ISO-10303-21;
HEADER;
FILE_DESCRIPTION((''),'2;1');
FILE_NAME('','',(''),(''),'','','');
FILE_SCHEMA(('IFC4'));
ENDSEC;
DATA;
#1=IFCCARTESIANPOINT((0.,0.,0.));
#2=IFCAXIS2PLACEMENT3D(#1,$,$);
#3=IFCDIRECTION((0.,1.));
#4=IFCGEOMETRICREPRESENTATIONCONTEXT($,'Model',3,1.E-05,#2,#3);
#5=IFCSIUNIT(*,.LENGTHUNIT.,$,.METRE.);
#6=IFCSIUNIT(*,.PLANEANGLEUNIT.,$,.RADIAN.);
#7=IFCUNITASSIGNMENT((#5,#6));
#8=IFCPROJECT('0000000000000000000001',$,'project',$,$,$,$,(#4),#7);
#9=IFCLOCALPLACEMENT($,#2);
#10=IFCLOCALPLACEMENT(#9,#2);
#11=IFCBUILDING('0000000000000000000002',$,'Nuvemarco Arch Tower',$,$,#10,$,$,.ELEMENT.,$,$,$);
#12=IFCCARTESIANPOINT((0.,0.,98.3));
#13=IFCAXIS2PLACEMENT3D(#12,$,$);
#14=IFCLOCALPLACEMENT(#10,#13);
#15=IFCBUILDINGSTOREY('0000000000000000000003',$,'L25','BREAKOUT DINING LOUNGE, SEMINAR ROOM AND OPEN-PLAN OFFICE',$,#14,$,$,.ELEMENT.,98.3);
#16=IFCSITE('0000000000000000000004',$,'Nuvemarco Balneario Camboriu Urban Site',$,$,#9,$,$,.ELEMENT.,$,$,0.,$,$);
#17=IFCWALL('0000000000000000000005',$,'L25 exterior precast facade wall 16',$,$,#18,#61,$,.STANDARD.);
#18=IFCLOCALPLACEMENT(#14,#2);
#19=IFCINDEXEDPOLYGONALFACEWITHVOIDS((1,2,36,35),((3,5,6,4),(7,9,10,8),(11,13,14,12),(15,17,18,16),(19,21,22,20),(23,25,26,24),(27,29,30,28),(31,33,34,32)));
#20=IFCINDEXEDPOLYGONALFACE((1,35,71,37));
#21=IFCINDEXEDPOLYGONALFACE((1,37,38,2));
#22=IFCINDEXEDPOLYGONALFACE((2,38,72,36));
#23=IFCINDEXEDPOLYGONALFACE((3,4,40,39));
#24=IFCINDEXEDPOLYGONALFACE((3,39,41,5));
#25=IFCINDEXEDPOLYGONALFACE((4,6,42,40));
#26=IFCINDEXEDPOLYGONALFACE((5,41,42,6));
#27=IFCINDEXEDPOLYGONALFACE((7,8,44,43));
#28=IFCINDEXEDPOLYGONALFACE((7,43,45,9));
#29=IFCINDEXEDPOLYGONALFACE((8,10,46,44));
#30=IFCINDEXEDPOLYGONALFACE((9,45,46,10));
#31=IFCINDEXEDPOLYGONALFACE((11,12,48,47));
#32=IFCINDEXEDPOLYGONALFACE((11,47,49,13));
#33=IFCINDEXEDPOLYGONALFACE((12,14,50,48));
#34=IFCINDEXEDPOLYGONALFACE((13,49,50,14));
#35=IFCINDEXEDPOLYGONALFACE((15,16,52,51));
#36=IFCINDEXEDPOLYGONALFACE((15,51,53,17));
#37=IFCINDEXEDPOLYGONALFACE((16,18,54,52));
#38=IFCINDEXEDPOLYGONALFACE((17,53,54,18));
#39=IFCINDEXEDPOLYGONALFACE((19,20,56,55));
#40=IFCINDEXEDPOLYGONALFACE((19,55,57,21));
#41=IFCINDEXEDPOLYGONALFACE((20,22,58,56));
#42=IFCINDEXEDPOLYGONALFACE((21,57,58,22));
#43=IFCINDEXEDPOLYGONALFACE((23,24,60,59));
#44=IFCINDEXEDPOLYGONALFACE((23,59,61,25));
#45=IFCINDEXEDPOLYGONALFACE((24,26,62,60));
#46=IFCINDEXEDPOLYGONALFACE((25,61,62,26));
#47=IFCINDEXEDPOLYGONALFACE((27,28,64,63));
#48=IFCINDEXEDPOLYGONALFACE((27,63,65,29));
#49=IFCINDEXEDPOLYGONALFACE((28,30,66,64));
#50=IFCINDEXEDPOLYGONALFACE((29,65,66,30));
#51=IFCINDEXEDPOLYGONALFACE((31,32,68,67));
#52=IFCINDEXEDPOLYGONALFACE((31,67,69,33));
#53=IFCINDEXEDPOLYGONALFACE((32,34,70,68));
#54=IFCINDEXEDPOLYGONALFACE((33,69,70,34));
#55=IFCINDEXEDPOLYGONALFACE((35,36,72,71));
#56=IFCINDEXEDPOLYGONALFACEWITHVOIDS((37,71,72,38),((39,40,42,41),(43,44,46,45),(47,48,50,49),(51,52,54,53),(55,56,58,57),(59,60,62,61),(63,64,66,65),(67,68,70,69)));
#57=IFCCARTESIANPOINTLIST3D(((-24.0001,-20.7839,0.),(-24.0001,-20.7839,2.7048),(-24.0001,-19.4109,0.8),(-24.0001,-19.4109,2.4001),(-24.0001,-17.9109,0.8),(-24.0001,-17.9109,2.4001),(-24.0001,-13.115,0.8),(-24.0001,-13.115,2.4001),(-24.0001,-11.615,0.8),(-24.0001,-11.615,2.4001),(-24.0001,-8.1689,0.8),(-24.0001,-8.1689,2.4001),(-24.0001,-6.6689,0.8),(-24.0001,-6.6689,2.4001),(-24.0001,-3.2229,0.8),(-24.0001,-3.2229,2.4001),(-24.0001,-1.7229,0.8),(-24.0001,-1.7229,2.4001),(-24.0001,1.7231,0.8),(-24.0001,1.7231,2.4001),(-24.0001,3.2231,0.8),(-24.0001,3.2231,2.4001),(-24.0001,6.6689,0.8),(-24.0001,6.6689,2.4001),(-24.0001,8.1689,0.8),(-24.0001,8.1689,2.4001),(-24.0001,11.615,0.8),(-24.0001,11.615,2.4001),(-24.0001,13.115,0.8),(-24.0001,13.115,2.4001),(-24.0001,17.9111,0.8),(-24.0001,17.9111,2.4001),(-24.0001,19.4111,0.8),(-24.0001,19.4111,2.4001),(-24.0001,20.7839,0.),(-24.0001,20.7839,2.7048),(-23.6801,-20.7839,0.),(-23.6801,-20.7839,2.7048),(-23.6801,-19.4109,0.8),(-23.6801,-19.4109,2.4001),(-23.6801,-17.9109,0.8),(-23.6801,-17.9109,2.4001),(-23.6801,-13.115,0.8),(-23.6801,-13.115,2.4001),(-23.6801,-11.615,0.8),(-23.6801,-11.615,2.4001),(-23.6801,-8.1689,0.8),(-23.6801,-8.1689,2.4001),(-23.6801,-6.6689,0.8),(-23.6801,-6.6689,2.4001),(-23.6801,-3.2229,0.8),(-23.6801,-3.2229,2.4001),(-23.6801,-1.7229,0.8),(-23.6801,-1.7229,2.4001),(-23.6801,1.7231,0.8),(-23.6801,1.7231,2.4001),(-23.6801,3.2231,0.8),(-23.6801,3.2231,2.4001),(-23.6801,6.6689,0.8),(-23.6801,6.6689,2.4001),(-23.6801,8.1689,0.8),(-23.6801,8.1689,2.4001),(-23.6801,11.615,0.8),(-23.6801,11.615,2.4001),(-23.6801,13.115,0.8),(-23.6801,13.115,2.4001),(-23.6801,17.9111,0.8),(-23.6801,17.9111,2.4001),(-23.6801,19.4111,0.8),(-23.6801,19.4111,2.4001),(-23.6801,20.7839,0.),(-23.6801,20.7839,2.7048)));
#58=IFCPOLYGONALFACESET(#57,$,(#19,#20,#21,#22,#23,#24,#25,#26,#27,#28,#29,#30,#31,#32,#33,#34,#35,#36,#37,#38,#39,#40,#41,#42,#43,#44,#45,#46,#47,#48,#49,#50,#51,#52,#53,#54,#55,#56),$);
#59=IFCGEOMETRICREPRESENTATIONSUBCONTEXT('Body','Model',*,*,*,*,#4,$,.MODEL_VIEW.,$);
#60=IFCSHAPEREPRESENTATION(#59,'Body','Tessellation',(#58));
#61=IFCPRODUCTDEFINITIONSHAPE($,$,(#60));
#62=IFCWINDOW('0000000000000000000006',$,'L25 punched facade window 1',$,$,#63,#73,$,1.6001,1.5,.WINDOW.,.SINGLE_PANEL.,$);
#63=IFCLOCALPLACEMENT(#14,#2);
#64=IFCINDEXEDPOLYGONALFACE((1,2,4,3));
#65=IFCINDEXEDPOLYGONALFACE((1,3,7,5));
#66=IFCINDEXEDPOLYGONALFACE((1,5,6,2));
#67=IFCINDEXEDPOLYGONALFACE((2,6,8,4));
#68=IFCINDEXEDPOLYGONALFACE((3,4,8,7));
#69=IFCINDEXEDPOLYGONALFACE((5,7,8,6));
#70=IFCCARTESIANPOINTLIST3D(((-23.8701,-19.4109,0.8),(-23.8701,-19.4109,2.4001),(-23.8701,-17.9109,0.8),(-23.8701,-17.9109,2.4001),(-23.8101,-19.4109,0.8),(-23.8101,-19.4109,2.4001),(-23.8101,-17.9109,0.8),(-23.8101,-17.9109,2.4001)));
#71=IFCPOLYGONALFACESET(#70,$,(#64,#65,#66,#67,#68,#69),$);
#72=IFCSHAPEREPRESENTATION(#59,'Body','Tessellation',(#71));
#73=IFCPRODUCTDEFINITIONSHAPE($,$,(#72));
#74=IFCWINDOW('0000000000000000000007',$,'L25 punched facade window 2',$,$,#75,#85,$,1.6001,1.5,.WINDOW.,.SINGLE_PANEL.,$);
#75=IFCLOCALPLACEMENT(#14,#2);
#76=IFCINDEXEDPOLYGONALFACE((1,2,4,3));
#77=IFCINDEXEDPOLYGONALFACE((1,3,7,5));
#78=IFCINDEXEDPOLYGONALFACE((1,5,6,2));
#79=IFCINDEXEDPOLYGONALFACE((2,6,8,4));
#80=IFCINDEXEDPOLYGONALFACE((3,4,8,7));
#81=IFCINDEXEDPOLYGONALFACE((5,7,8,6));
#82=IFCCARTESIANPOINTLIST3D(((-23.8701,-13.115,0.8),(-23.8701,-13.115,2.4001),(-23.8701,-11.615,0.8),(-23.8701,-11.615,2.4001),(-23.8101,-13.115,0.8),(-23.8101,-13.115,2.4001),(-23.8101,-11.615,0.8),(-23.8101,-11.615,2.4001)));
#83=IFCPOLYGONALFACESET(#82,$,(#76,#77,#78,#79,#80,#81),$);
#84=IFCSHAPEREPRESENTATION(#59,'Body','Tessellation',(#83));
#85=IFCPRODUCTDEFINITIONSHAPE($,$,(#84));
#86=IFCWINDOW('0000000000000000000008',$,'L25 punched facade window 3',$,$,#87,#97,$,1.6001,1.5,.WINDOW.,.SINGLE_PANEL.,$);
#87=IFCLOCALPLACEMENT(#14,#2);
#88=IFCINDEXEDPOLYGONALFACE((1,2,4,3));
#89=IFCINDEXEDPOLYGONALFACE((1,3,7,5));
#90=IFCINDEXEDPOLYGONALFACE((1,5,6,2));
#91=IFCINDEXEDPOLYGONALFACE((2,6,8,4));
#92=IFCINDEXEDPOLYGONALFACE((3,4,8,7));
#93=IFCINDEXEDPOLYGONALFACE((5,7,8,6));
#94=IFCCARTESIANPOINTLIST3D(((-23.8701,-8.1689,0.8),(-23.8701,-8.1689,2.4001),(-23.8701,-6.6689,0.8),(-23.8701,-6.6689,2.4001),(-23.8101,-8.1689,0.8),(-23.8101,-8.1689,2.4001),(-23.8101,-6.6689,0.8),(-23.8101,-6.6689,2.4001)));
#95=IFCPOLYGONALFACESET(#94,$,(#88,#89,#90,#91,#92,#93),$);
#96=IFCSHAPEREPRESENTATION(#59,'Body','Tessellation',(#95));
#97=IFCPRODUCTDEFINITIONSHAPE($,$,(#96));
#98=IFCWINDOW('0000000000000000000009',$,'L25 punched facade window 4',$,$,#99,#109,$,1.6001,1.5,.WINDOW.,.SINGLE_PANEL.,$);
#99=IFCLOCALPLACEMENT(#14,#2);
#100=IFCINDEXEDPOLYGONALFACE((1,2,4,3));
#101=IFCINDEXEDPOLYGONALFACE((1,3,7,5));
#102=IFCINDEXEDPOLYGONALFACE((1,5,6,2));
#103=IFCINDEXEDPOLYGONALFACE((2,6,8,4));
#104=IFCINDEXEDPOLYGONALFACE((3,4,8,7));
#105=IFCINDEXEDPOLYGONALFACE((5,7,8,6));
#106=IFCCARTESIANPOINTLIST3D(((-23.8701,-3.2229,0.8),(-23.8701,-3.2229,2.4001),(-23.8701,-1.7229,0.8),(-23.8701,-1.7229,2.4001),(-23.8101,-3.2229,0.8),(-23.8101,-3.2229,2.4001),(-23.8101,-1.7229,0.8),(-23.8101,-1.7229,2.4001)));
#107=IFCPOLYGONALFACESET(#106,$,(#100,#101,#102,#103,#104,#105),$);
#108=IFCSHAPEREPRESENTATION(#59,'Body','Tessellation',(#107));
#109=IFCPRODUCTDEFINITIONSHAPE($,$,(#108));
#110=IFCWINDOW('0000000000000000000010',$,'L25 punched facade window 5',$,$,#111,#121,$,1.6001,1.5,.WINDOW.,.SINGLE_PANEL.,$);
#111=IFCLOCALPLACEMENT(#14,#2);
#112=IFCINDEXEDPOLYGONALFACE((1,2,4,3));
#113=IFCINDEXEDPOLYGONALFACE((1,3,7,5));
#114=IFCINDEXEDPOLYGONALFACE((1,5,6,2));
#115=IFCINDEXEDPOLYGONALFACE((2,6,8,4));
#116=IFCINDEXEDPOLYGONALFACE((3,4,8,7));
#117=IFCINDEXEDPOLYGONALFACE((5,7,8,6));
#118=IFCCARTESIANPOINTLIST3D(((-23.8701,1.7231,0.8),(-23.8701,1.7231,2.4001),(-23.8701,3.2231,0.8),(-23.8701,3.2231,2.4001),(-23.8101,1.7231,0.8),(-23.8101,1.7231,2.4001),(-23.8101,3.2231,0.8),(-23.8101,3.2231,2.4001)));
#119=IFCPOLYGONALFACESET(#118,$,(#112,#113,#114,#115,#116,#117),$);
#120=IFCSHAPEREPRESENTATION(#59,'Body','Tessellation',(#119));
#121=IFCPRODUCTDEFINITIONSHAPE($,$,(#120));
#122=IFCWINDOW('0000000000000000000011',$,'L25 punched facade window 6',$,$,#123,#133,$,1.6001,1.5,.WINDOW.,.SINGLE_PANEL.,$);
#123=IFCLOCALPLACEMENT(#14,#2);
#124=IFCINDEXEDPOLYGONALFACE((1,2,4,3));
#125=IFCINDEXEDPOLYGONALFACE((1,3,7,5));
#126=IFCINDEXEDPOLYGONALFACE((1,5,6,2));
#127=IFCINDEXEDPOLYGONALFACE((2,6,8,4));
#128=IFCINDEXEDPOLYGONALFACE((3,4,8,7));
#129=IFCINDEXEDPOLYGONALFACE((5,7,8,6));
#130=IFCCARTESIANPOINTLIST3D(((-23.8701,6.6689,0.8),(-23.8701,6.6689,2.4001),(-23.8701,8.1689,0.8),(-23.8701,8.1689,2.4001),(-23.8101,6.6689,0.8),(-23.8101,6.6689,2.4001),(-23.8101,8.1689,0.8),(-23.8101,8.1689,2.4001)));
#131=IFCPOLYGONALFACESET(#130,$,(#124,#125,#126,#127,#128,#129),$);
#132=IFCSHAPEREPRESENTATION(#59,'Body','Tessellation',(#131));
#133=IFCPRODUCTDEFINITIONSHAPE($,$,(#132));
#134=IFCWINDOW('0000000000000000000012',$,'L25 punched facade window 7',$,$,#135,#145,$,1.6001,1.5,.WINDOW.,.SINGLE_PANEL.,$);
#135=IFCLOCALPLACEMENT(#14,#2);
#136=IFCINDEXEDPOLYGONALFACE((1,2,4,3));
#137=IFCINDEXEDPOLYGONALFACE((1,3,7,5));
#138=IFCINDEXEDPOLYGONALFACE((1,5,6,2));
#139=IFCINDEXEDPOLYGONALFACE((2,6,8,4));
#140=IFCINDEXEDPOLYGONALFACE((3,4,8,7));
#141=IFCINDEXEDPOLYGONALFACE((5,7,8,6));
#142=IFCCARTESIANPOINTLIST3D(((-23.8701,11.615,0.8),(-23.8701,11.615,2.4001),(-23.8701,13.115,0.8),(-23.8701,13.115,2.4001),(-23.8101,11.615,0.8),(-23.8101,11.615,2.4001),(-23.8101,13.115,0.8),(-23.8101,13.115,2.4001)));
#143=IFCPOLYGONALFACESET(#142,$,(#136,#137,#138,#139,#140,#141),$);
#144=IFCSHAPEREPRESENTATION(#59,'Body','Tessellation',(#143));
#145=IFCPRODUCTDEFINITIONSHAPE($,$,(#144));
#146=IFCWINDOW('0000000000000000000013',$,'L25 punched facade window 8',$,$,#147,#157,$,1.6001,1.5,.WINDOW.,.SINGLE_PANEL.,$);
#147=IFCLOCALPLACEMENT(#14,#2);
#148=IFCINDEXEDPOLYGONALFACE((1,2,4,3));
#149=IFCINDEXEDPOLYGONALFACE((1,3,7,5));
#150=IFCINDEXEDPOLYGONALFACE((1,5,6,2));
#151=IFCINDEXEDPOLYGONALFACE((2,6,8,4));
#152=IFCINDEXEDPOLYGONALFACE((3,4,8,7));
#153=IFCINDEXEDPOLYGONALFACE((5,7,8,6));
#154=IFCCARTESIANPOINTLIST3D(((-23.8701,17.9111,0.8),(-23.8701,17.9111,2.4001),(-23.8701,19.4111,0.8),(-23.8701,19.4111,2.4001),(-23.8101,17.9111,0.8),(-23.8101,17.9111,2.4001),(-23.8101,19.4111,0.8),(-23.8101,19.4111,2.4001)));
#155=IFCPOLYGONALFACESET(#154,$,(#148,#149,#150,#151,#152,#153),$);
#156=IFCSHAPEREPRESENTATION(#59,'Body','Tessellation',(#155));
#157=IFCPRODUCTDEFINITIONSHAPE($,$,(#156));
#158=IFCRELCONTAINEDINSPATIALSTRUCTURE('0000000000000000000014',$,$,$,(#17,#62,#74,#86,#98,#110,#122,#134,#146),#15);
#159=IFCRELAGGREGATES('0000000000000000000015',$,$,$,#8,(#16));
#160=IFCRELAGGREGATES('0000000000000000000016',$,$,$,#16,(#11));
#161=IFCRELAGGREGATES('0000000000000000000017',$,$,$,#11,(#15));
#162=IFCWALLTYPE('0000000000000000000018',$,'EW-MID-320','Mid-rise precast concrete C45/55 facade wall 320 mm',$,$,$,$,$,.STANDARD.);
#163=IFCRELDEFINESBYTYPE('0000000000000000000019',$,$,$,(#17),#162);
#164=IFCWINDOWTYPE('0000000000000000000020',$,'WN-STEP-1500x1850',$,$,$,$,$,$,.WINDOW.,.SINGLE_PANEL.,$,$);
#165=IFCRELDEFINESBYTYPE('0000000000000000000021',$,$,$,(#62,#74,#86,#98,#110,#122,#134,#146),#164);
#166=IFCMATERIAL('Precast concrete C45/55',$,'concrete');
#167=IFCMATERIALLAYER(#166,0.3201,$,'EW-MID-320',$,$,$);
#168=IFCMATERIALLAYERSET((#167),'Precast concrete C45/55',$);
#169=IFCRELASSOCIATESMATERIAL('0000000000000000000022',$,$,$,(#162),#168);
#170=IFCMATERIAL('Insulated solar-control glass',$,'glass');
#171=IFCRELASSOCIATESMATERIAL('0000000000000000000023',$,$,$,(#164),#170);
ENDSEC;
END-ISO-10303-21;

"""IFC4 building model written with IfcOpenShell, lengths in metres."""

from ifc_helpers import new_model, si_unit, direction, frame, frame_2d, origin, place, context, subcontext, project, spatial, rectangle, extrude, source, transform, mapped, material, layer, layer_set, type_object, type_shapes, element, fill, save


model = new_model("IFC4")

# Units and contexts
model_context = context("Model", 3, precision=1e-05, world=origin(), true_north=direction((0.0, 1.0)))
body_context = subcontext(model_context, "Body", "Model", "MODEL_VIEW")
ifc_project = project(units=[si_unit("LENGTHUNIT", "METRE"), si_unit("PLANEANGLEUNIT", "RADIAN")], contexts=[model_context])

# Site, building, storey
site_placement = place(None, origin())
site = spatial("IfcSite", under=ifc_project, at=site_placement, Name="Nuvemarco Balneario Camboriu Urban Site", CompositionType="ELEMENT", RefElevation=0.0)
building_placement = place(site_placement, origin())
building = spatial("IfcBuilding", under=site, at=building_placement, Name="Nuvemarco Arch Tower", CompositionType="ELEMENT")
storey_placement = place(building_placement, frame((0.0, 0.0, 98.3)))
storey = spatial("IfcBuildingStorey", under=building, at=storey_placement, Name="L25", Description="BREAKOUT DINING LOUNGE, SEMINAR ROOM AND OPEN-PLAN OFFICE", CompositionType="ELEMENT", Elevation=98.3)

# Shared definitions
ifc_material_1 = material(Name="Precast concrete C45/55", Category="concrete")
ifc_layer_1 = layer(ifc_material_1, 0.3201, Name="EW-MID-320")
ifc_layer_set_1 = layer_set([ifc_layer_1], Name="Precast concrete C45/55")
wall_type_1 = type_object("IfcWallType", Name="EW-MID-320", Description="Mid-rise precast concrete C45/55 facade wall 320 mm", PredefinedType="STANDARD", material=ifc_layer_set_1)
ifc_material_2 = material(Name="Insulated solar-control glass", Category="glass")

# Wall, openings, windows
wall_1_placement = place(storey_placement, frame((-23.8401, -20.7839, 0.0), z_axis=(0.0, 0.0, 1.0), x_axis=(0.0, 1.0, 0.0)))
wall_1 = element("IfcWall", 1, at=wall_1_placement, inside=storey, type_object=wall_type_1, Name="L25 exterior precast facade wall 16", PredefinedType="STANDARD", context=body_context, shape_type="SweptSolid", body=[
    extrude(rectangle(XDim=41.5679, YDim=0.3201, at=frame_2d((20.7839, 0.0))), origin(), (0.0, 0.0, 1.0), 2.7048),
])
opening_1_placement = place(wall_1_placement, frame((1.373, 0.0, 0.8)))
opening_1 = element("IfcOpeningElement", 2, at=opening_1_placement, cuts=wall_1, PredefinedType="OPENING", context=body_context, shape_type="SweptSolid", body=[
    extrude(rectangle(XDim=1.5, YDim=1.6001, at=frame_2d((0.75, 0.8))), frame((0.0, 0.1699, 0.0), z_axis=(0.0, -1.0, 0.0), x_axis=(1.0, 0.0, 0.0)), (0.0, 0.0, 1.0), 0.3401),
])
opening_2_placement = place(wall_1_placement, frame((7.6689, 0.0, 0.8)))
opening_2 = element("IfcOpeningElement", 3, at=opening_2_placement, cuts=wall_1, PredefinedType="OPENING", context=body_context, shape_type="SweptSolid", body=[
    extrude(rectangle(XDim=1.5, YDim=1.6001, at=frame_2d((0.75, 0.8))), frame((0.0, 0.1699, 0.0), z_axis=(0.0, -1.0, 0.0), x_axis=(1.0, 0.0, 0.0)), (0.0, 0.0, 1.0), 0.3401),
])
opening_3_placement = place(wall_1_placement, frame((12.615, 0.0, 0.8)))
opening_3 = element("IfcOpeningElement", 4, at=opening_3_placement, cuts=wall_1, PredefinedType="OPENING", context=body_context, shape_type="SweptSolid", body=[
    extrude(rectangle(XDim=1.5, YDim=1.6001, at=frame_2d((0.75, 0.8))), frame((0.0, 0.1699, 0.0), z_axis=(0.0, -1.0, 0.0), x_axis=(1.0, 0.0, 0.0)), (0.0, 0.0, 1.0), 0.3401),
])
opening_4_placement = place(wall_1_placement, frame((17.561, 0.0, 0.8)))
opening_4 = element("IfcOpeningElement", 5, at=opening_4_placement, cuts=wall_1, PredefinedType="OPENING", context=body_context, shape_type="SweptSolid", body=[
    extrude(rectangle(XDim=1.5, YDim=1.6001, at=frame_2d((0.75, 0.8))), frame((0.0, 0.1699, 0.0), z_axis=(0.0, -1.0, 0.0), x_axis=(1.0, 0.0, 0.0)), (0.0, 0.0, 1.0), 0.3401),
])
opening_5_placement = place(wall_1_placement, frame((22.5071, 0.0, 0.8)))
opening_5 = element("IfcOpeningElement", 6, at=opening_5_placement, cuts=wall_1, PredefinedType="OPENING", context=body_context, shape_type="SweptSolid", body=[
    extrude(rectangle(XDim=1.5, YDim=1.6001, at=frame_2d((0.75, 0.8))), frame((0.0, 0.1699, 0.0), z_axis=(0.0, -1.0, 0.0), x_axis=(1.0, 0.0, 0.0)), (0.0, 0.0, 1.0), 0.3401),
])
opening_6_placement = place(wall_1_placement, frame((27.4529, 0.0, 0.8)))
opening_6 = element("IfcOpeningElement", 7, at=opening_6_placement, cuts=wall_1, PredefinedType="OPENING", context=body_context, shape_type="SweptSolid", body=[
    extrude(rectangle(XDim=1.5, YDim=1.6001, at=frame_2d((0.75, 0.8))), frame((0.0, 0.1699, 0.0), z_axis=(0.0, -1.0, 0.0), x_axis=(1.0, 0.0, 0.0)), (0.0, 0.0, 1.0), 0.3401),
])
opening_7_placement = place(wall_1_placement, frame((32.3989, 0.0, 0.8)))
opening_7 = element("IfcOpeningElement", 8, at=opening_7_placement, cuts=wall_1, PredefinedType="OPENING", context=body_context, shape_type="SweptSolid", body=[
    extrude(rectangle(XDim=1.5, YDim=1.6001, at=frame_2d((0.75, 0.8))), frame((0.0, 0.1699, 0.0), z_axis=(0.0, -1.0, 0.0), x_axis=(1.0, 0.0, 0.0)), (0.0, 0.0, 1.0), 0.3401),
])
opening_8_placement = place(wall_1_placement, frame((38.6951, 0.0, 0.8)))
opening_8 = element("IfcOpeningElement", 9, at=opening_8_placement, cuts=wall_1, PredefinedType="OPENING", context=body_context, shape_type="SweptSolid", body=[
    extrude(rectangle(XDim=1.5, YDim=1.6001, at=frame_2d((0.75, 0.8))), frame((0.0, 0.1699, 0.0), z_axis=(0.0, -1.0, 0.0), x_axis=(1.0, 0.0, 0.0)), (0.0, 0.0, 1.0), 0.3401),
])
window_type_1 = type_object("IfcWindowType", Name="WN-STEP-1500x1850", PartitioningType="SINGLE_PANEL", PredefinedType="WINDOW", material=ifc_material_2)
shared_shape_1 = source(origin(), body_context, "Body", "SweptSolid", [
    extrude(rectangle(XDim=1.5, YDim=1.6001, at=frame_2d((0.75, 0.8))), frame((0.0, 0.03, 0.0), z_axis=(0.0, -1.0, 0.0), x_axis=(1.0, 0.0, 0.0)), (0.0, 0.0, 1.0), 0.0601),
])
type_shapes(window_type_1, [shared_shape_1])
window_1_placement = place(opening_1_placement, origin())
window_1 = element("IfcWindow", 10, at=window_1_placement, inside=storey, type_object=window_type_1, Name="L25 punched facade window 1", OverallHeight=1.6001, OverallWidth=1.5, PartitioningType="SINGLE_PANEL", PredefinedType="WINDOW", context=body_context, shape_type="MappedRepresentation", body=[
    mapped(shared_shape_1, transform((0.0, 0.0, 0.0), scale=1.0)),
])
fill(opening_1, window_1)
window_2_placement = place(opening_2_placement, origin())
window_2 = element("IfcWindow", 11, at=window_2_placement, inside=storey, type_object=window_type_1, Name="L25 punched facade window 2", OverallHeight=1.6001, OverallWidth=1.5, PartitioningType="SINGLE_PANEL", PredefinedType="WINDOW", context=body_context, shape_type="MappedRepresentation", body=[
    mapped(shared_shape_1, transform((0.0, 0.0, 0.0), scale=1.0)),
])
fill(opening_2, window_2)
window_3_placement = place(opening_3_placement, origin())
window_3 = element("IfcWindow", 12, at=window_3_placement, inside=storey, type_object=window_type_1, Name="L25 punched facade window 3", OverallHeight=1.6001, OverallWidth=1.5, PartitioningType="SINGLE_PANEL", PredefinedType="WINDOW", context=body_context, shape_type="MappedRepresentation", body=[
    mapped(shared_shape_1, transform((0.0, 0.0, 0.0), scale=1.0)),
])
fill(opening_3, window_3)
window_4_placement = place(opening_4_placement, origin())
window_4 = element("IfcWindow", 13, at=window_4_placement, inside=storey, type_object=window_type_1, Name="L25 punched facade window 4", OverallHeight=1.6001, OverallWidth=1.5, PartitioningType="SINGLE_PANEL", PredefinedType="WINDOW", context=body_context, shape_type="MappedRepresentation", body=[
    mapped(shared_shape_1, transform((0.0, 0.0, 0.0), scale=1.0)),
])
fill(opening_4, window_4)
window_5_placement = place(opening_5_placement, origin())
window_5 = element("IfcWindow", 14, at=window_5_placement, inside=storey, type_object=window_type_1, Name="L25 punched facade window 5", OverallHeight=1.6001, OverallWidth=1.5, PartitioningType="SINGLE_PANEL", PredefinedType="WINDOW", context=body_context, shape_type="MappedRepresentation", body=[
    mapped(shared_shape_1, transform((0.0, 0.0, 0.0), scale=1.0)),
])
fill(opening_5, window_5)
window_6_placement = place(opening_6_placement, origin())
window_6 = element("IfcWindow", 15, at=window_6_placement, inside=storey, type_object=window_type_1, Name="L25 punched facade window 6", OverallHeight=1.6001, OverallWidth=1.5, PartitioningType="SINGLE_PANEL", PredefinedType="WINDOW", context=body_context, shape_type="MappedRepresentation", body=[
    mapped(shared_shape_1, transform((0.0, 0.0, 0.0), scale=1.0)),
])
fill(opening_6, window_6)
window_7_placement = place(opening_7_placement, origin())
window_7 = element("IfcWindow", 16, at=window_7_placement, inside=storey, type_object=window_type_1, Name="L25 punched facade window 7", OverallHeight=1.6001, OverallWidth=1.5, PartitioningType="SINGLE_PANEL", PredefinedType="WINDOW", context=body_context, shape_type="MappedRepresentation", body=[
    mapped(shared_shape_1, transform((0.0, 0.0, 0.0), scale=1.0)),
])
fill(opening_7, window_7)
window_8_placement = place(opening_8_placement, origin())
window_8 = element("IfcWindow", 17, at=window_8_placement, inside=storey, type_object=window_type_1, Name="L25 punched facade window 8", OverallHeight=1.6001, OverallWidth=1.5, PartitioningType="SINGLE_PANEL", PredefinedType="WINDOW", context=body_context, shape_type="MappedRepresentation", body=[
    mapped(shared_shape_1, transform((0.0, 0.0, 0.0), scale=1.0)),
])
fill(opening_8, window_8)

save(model, "model.ifc")
